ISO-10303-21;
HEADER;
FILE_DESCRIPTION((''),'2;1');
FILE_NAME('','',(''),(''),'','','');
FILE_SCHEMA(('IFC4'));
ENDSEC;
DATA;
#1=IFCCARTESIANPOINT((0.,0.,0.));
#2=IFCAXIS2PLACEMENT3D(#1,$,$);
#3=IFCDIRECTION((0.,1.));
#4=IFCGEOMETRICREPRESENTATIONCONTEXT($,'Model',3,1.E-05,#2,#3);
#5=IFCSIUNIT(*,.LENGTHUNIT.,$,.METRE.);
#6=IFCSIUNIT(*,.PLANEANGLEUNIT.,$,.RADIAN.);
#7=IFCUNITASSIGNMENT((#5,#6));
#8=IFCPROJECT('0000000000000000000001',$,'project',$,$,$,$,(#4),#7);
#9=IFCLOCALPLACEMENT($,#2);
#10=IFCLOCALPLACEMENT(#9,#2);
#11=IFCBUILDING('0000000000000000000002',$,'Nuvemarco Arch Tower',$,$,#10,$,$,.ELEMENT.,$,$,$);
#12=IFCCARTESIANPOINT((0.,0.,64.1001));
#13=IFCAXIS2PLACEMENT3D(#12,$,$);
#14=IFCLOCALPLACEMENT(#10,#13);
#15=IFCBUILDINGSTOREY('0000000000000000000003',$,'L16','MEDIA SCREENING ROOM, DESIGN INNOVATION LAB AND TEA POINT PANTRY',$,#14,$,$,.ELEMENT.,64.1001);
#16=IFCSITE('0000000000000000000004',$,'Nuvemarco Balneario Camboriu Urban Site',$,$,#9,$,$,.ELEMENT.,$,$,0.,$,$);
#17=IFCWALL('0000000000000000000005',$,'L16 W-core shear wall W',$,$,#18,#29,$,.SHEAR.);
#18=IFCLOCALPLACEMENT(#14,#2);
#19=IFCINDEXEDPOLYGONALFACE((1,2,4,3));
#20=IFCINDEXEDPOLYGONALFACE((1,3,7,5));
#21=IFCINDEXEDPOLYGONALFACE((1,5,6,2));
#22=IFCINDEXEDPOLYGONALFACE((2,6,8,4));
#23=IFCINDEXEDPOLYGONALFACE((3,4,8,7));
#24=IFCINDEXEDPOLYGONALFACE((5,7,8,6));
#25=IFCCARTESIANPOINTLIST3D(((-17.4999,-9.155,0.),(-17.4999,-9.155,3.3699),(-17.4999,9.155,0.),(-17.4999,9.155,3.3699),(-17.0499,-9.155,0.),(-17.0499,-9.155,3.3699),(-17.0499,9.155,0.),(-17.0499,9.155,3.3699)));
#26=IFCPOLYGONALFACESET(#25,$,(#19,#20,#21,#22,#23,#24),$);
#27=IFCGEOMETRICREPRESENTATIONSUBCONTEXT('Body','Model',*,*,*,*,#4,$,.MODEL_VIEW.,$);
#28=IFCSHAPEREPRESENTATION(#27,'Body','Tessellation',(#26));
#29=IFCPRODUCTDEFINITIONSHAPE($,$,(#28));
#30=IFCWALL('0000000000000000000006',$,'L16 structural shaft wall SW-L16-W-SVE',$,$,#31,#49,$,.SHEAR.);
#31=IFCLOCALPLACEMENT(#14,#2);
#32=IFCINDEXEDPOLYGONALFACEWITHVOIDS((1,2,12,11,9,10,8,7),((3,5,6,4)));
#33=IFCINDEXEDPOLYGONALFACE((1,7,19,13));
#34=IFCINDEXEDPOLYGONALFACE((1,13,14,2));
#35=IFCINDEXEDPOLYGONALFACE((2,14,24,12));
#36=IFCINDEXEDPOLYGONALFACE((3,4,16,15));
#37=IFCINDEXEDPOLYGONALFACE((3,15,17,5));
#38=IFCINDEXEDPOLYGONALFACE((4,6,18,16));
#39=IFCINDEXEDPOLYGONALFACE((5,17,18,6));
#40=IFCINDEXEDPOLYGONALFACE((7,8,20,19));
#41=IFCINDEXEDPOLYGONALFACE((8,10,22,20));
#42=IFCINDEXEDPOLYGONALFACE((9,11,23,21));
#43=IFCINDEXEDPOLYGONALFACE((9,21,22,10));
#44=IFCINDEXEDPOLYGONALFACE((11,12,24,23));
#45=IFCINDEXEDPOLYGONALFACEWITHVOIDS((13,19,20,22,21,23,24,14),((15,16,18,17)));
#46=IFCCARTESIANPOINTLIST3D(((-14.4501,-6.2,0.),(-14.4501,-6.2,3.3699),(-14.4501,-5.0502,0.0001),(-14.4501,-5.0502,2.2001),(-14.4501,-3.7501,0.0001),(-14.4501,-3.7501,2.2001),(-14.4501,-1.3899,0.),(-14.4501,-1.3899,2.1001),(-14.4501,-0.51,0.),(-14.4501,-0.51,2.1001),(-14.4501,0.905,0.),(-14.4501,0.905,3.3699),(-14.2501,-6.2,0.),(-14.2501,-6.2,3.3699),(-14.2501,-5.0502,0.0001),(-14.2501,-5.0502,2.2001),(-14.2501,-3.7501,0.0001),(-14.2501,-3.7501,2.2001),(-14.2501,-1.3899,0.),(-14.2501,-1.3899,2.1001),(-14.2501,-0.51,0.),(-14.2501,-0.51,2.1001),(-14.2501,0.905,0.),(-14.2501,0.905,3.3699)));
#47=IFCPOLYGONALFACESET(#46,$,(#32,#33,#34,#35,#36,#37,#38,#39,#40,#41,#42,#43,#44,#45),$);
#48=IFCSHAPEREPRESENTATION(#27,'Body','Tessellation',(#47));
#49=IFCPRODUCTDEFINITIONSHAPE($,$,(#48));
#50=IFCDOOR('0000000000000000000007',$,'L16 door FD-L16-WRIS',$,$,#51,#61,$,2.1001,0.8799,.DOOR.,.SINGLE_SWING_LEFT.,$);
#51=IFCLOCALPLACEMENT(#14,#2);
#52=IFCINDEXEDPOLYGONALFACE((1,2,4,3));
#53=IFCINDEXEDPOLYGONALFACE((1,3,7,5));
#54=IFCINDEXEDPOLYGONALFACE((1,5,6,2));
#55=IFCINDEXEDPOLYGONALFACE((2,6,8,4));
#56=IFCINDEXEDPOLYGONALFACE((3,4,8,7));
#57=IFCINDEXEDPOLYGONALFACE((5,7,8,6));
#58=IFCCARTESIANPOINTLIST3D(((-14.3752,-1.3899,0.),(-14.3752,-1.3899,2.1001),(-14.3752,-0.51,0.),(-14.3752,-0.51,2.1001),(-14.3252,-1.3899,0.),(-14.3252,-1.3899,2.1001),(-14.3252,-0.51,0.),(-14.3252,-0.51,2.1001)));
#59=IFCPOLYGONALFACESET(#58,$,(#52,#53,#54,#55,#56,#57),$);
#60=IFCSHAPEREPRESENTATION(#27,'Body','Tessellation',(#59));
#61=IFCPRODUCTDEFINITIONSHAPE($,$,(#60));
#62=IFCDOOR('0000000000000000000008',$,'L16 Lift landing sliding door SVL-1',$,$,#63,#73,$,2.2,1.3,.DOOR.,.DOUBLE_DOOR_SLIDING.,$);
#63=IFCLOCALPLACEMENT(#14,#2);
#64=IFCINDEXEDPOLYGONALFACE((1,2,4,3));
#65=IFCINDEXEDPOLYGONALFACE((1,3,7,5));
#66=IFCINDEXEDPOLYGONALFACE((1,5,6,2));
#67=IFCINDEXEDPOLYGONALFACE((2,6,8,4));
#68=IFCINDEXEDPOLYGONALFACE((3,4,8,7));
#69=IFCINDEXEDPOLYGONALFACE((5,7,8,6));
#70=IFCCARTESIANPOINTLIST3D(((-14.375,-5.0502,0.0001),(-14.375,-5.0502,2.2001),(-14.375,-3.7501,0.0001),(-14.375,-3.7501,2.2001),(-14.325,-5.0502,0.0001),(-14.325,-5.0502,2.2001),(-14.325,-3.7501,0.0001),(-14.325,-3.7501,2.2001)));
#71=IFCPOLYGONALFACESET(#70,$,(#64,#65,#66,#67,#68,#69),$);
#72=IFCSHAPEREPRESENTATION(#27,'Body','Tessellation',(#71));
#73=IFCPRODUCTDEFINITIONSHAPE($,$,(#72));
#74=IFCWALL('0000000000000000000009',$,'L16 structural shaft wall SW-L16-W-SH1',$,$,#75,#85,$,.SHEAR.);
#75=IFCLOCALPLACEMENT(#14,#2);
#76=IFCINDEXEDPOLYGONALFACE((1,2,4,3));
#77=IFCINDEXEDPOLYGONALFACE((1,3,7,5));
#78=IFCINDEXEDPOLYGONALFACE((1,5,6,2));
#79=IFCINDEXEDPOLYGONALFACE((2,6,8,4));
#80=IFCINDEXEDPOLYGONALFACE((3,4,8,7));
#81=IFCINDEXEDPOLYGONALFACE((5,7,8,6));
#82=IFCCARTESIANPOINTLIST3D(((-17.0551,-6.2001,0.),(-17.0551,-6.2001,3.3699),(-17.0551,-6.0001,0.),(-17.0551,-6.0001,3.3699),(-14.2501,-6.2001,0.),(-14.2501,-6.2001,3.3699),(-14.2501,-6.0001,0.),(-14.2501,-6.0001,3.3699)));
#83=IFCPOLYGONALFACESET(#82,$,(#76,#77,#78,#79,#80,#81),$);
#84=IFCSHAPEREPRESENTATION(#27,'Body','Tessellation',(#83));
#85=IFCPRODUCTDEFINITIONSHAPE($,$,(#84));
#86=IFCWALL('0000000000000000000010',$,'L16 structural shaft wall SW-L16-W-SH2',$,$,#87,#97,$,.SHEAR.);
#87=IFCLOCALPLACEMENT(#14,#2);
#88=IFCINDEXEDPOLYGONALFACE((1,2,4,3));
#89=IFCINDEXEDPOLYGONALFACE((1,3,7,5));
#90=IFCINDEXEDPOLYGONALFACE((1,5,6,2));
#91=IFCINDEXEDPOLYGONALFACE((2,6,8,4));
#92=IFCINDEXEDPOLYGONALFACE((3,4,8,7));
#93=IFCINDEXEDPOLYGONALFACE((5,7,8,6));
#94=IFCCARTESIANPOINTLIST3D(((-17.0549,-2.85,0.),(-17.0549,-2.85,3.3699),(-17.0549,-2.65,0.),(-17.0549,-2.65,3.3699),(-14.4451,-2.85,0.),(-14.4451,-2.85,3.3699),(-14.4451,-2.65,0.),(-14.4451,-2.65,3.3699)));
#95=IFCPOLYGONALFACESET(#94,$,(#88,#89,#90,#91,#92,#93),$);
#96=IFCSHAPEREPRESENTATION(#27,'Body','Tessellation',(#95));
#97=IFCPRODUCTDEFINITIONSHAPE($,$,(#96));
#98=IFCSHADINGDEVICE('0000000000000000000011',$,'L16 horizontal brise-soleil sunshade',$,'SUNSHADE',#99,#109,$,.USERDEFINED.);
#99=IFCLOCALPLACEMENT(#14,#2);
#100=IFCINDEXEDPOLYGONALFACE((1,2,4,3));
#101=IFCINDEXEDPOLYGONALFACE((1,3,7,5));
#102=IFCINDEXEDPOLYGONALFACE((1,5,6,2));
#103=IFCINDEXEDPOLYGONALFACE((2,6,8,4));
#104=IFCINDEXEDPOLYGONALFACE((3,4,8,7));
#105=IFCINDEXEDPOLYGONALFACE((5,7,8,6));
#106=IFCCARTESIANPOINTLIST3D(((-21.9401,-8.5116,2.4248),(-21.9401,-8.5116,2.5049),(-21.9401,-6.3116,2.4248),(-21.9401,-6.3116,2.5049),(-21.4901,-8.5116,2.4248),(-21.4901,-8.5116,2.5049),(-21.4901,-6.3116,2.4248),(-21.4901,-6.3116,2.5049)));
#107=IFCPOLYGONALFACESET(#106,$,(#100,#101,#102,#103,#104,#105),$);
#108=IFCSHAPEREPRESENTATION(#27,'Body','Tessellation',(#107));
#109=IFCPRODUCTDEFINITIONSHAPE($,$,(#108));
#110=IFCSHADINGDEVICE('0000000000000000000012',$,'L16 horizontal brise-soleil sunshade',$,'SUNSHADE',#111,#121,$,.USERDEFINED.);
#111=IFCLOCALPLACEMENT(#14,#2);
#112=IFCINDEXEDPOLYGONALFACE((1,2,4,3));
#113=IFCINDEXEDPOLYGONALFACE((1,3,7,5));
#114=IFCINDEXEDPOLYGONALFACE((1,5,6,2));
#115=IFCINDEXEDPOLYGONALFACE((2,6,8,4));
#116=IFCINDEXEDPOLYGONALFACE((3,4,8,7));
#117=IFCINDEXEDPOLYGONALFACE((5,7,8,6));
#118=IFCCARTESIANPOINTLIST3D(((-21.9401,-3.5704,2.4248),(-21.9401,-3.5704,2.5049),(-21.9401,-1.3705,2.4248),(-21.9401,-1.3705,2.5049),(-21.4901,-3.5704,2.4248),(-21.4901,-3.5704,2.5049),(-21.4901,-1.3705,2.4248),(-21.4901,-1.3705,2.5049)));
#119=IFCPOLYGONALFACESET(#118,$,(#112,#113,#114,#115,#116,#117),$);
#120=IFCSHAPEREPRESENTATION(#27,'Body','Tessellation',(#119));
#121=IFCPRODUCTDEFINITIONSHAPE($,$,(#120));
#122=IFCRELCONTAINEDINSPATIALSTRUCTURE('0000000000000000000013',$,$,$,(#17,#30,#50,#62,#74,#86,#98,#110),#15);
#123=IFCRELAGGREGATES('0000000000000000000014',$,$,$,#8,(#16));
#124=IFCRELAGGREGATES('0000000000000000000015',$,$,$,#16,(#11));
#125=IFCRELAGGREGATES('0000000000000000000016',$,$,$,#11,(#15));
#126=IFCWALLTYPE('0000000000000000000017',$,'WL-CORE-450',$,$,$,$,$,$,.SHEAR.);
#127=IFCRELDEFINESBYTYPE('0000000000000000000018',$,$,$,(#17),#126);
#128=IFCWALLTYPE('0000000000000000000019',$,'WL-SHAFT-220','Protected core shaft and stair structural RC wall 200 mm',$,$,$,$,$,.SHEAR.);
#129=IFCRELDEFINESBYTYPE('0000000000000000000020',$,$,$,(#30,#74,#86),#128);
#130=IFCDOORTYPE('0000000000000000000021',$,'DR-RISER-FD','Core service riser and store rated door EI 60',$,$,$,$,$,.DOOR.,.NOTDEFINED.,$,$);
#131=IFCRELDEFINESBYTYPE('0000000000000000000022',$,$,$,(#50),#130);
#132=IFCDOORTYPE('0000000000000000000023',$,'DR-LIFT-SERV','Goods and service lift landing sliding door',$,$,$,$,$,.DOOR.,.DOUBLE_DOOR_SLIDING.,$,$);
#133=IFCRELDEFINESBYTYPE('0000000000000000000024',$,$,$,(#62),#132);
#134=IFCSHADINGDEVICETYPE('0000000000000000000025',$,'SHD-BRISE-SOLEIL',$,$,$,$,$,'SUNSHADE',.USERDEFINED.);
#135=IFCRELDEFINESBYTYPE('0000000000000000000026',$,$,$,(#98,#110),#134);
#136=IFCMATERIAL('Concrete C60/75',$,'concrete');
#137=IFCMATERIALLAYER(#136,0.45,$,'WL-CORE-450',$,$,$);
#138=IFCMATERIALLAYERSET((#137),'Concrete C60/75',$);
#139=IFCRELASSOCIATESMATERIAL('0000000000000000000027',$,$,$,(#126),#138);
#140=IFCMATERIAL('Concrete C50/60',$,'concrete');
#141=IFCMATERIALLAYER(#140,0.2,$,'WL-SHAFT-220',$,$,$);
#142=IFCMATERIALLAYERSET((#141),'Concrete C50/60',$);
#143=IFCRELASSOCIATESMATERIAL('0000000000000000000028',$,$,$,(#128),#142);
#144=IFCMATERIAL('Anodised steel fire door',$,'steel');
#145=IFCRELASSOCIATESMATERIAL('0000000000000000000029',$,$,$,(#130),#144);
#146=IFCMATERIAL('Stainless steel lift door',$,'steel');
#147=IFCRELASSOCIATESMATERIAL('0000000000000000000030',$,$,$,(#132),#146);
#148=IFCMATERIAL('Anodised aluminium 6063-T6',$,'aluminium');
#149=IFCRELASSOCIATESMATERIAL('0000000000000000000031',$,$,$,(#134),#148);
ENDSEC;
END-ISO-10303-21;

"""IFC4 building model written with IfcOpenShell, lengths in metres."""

from ifc_helpers import new_model, si_unit, direction, frame, frame_2d, origin, origin_2d, place, context, subcontext, project, spatial, rectangle, extrude, source, transform, mapped, material, layer, layer_set, type_object, type_shapes, element, fill, save


model = new_model("IFC4")

# Units and contexts
model_context = context("Model", 3, precision=1e-05, world=origin(), true_north=direction((0.0, 1.0)))
body_context = subcontext(model_context, "Body", "Model", "MODEL_VIEW")
ifc_project = project(units=[si_unit("LENGTHUNIT", "METRE"), si_unit("PLANEANGLEUNIT", "RADIAN")], contexts=[model_context])

# Site, building, storey
site_placement = place(None, origin())
site = spatial("IfcSite", under=ifc_project, at=site_placement, Name="Nuvemarco Balneario Camboriu Urban Site", CompositionType="ELEMENT", RefElevation=0.0)
building_placement = place(site_placement, origin())
building = spatial("IfcBuilding", under=site, at=building_placement, Name="Nuvemarco Arch Tower", CompositionType="ELEMENT")
storey_placement = place(building_placement, frame((0.0, 0.0, 64.1001)))
storey = spatial("IfcBuildingStorey", under=building, at=storey_placement, Name="L16", Description="MEDIA SCREENING ROOM, DESIGN INNOVATION LAB AND TEA POINT PANTRY", CompositionType="ELEMENT", Elevation=64.1001)

# Shared definitions
ifc_material_1 = material(Name="Concrete C60/75", Category="concrete")

# Wall
ifc_layer_1 = layer(ifc_material_1, 0.45, Name="WL-CORE-450")
ifc_layer_set_1 = layer_set([ifc_layer_1], Name="Concrete C60/75")
wall_type_1 = type_object("IfcWallType", Name="WL-CORE-450", PredefinedType="SHEAR", material=ifc_layer_set_1)
wall_1_placement = place(storey_placement, frame((-17.2749, -9.155, 0.0), z_axis=(0.0, 0.0, 1.0), x_axis=(0.0, 1.0, 0.0)))
element("IfcWall", 1, at=wall_1_placement, inside=storey, type_object=wall_type_1, Name="L16 W-core shear wall W", PredefinedType="SHEAR", context=body_context, shape_type="SweptSolid", body=[
    extrude(rectangle(XDim=18.3101, YDim=0.45, at=frame_2d((9.155, 0.0))), origin(), (0.0, 0.0, 1.0), 3.3699),
])

# Shared definitions
ifc_material_2 = material(Name="Concrete C50/60", Category="concrete")
ifc_layer_2 = layer(ifc_material_2, 0.2, Name="WL-SHAFT-220")
ifc_layer_set_2 = layer_set([ifc_layer_2], Name="Concrete C50/60")
wall_type_2 = type_object("IfcWallType", Name="WL-SHAFT-220", Description="Protected core shaft and stair structural RC wall 200 mm", PredefinedType="SHEAR", material=ifc_layer_set_2)
ifc_material_3 = material(Name="Stainless steel lift door", Category="steel")

# Wall, openings, doors
wall_2_placement = place(storey_placement, frame((-14.3501, -6.2, 0.0), z_axis=(0.0, 0.0, 1.0), x_axis=(0.0, 1.0, 0.0)))
wall_2 = element("IfcWall", 2, at=wall_2_placement, inside=storey, type_object=wall_type_2, Name="L16 structural shaft wall SW-L16-W-SVE", PredefinedType="SHEAR", context=body_context, shape_type="SweptSolid", body=[
    extrude(rectangle(XDim=7.105, YDim=0.2, at=frame_2d((3.5525, 0.0))), origin(), (0.0, 0.0, 1.0), 3.3699),
])
opening_1_placement = place(wall_2_placement, frame((5.6899, 0.0, 0.0), z_axis=(0.0, 0.0, 1.0), x_axis=(-1.0, 0.0, 0.0)))
opening_1 = element("IfcOpeningElement", 3, at=opening_1_placement, cuts=wall_2, PredefinedType="OPENING", context=body_context, shape_type="SweptSolid", body=[
    extrude(rectangle(XDim=0.8799, YDim=2.1001, at=frame_2d((0.4399, 1.05))), frame((0.0, 0.1099, 0.0), z_axis=(0.0, -1.0, 0.0), x_axis=(1.0, 0.0, 0.0)), (0.0, 0.0, 1.0), 0.22),
])
opening_2_placement = place(wall_2_placement, frame((1.1499, 0.0, 0.0)))
opening_2 = element("IfcOpeningElement", 4, at=opening_2_placement, cuts=wall_2, PredefinedType="OPENING", context=body_context, shape_type="SweptSolid", body=[
    extrude(rectangle(XDim=1.3, YDim=2.2, at=frame_2d((0.6499, 1.1001))), frame((0.0, 0.1099, 0.0), z_axis=(0.0, -1.0, 0.0), x_axis=(1.0, 0.0, 0.0)), (0.0, 0.0, 1.0), 0.22),
])
ifc_material_4 = material(Name="Anodised steel fire door", Category="steel")
door_type_1 = type_object("IfcDoorType", Name="DR-RISER-FD", Description="Core service riser and store rated door EI 60", OperationType="NOTDEFINED", PredefinedType="DOOR", material=ifc_material_4)
shared_shape_1 = source(origin(), body_context, "Body", "SweptSolid", [
    extrude(rectangle(XDim=0.8799, YDim=2.1001, at=frame_2d((0.4399, 1.05))), frame((0.0, 0.0249, 0.0), z_axis=(0.0, -1.0, 0.0), x_axis=(1.0, 0.0, 0.0)), (0.0, 0.0, 1.0), 0.05),
])
type_shapes(door_type_1, [shared_shape_1])
door_1_placement = place(opening_1_placement, origin())
door_1 = element("IfcDoor", 5, at=door_1_placement, inside=storey, type_object=door_type_1, Name="L16 door FD-L16-WRIS", OperationType="SINGLE_SWING_LEFT", OverallHeight=2.1001, OverallWidth=0.8799, PredefinedType="DOOR", context=body_context, shape_type="MappedRepresentation", body=[
    mapped(shared_shape_1, transform((0.0, 0.0, 0.0), scale=1.0)),
])
fill(opening_1, door_1)
door_type_2 = type_object("IfcDoorType", Name="DR-LIFT-SERV", Description="Goods and service lift landing sliding door", OperationType="DOUBLE_DOOR_SLIDING", PredefinedType="DOOR", material=ifc_material_3)
shared_shape_2 = source(origin(), body_context, "Body", "SweptSolid", [
    extrude(rectangle(XDim=1.3, YDim=2.2, at=frame_2d((0.6499, 1.1001))), frame((0.0, 0.0249, 0.0), z_axis=(0.0, -1.0, 0.0), x_axis=(1.0, 0.0, 0.0)), (0.0, 0.0, 1.0), 0.05),
])
type_shapes(door_type_2, [shared_shape_2])
door_2_placement = place(opening_2_placement, origin())
door_2 = element("IfcDoor", 6, at=door_2_placement, inside=storey, type_object=door_type_2, Name="L16 Lift landing sliding door SVL-1", OperationType="DOUBLE_DOOR_SLIDING", OverallHeight=2.2, OverallWidth=1.3, PredefinedType="DOOR", context=body_context, shape_type="MappedRepresentation", body=[
    mapped(shared_shape_2, transform((0.0, 0.0, 0.0), scale=1.0)),
])
fill(opening_2, door_2)

# Walls
wall_3_placement = place(storey_placement, frame((-17.0549, -6.1001, 0.0), z_axis=(0.0, 0.0, 1.0), x_axis=(1.0, 0.0, 0.0)))
element("IfcWall", 7, at=wall_3_placement, inside=storey, type_object=wall_type_2, Name="L16 structural shaft wall SW-L16-W-SH1", PredefinedType="SHEAR", context=body_context, shape_type="SweptSolid", body=[
    extrude(rectangle(XDim=2.8049, YDim=0.2, at=frame_2d((1.4023, 0.0))), origin(), (0.0, 0.0, 1.0), 3.3699),
])
wall_4_placement = place(storey_placement, frame((-17.0549, -2.75, 0.0), z_axis=(0.0, 0.0, 1.0), x_axis=(1.0, 0.0, 0.0)))
element("IfcWall", 8, at=wall_4_placement, inside=storey, type_object=wall_type_2, Name="L16 structural shaft wall SW-L16-W-SH2", PredefinedType="SHEAR", context=body_context, shape_type="SweptSolid", body=[
    extrude(rectangle(XDim=2.6099, YDim=0.2, at=frame_2d((1.3049, 0.0))), origin(), (0.0, 0.0, 1.0), 3.3699),
])

# Shading devices
ifc_material_5 = material(Name="Anodised aluminium 6063-T6", Category="aluminium")
shading_device_type = type_object("IfcShadingDeviceType", Name="SHD-BRISE-SOLEIL", ElementType="SUNSHADE", PredefinedType="USERDEFINED", material=ifc_material_5)
shared_shape_3 = source(origin(), body_context, "Body", "SweptSolid", [
    extrude(rectangle(XDim=2.2, YDim=0.45, at=origin_2d()), origin(), (0.0, 0.0, 1.0), 0.0801),
])
type_shapes(shading_device_type, [shared_shape_3])
for number, where, z_axis, x_axis, name in (
    (9, (-21.7151, -7.4116, 2.4248), (0.0, 0.0, 1.0), (0.0, 1.0, 0.0), "L16 horizontal brise-soleil sunshade"),
    (10, (-21.7151, -2.4705, 2.4248), (0.0, 0.0, 1.0), (0.0, 1.0, 0.0), "L16 horizontal brise-soleil sunshade"),
):
    element("IfcShadingDevice", number, at=place(storey_placement, frame(where, z_axis=z_axis, x_axis=x_axis)), inside=storey, type_object=shading_device_type, Name=name, ObjectType="SUNSHADE", PredefinedType="USERDEFINED", context=body_context, shape_type="MappedRepresentation", body=[
        mapped(shared_shape_3, transform((0.0, 0.0, 0.0), scale=1.0)),
    ])

save(model, "model.ifc")
